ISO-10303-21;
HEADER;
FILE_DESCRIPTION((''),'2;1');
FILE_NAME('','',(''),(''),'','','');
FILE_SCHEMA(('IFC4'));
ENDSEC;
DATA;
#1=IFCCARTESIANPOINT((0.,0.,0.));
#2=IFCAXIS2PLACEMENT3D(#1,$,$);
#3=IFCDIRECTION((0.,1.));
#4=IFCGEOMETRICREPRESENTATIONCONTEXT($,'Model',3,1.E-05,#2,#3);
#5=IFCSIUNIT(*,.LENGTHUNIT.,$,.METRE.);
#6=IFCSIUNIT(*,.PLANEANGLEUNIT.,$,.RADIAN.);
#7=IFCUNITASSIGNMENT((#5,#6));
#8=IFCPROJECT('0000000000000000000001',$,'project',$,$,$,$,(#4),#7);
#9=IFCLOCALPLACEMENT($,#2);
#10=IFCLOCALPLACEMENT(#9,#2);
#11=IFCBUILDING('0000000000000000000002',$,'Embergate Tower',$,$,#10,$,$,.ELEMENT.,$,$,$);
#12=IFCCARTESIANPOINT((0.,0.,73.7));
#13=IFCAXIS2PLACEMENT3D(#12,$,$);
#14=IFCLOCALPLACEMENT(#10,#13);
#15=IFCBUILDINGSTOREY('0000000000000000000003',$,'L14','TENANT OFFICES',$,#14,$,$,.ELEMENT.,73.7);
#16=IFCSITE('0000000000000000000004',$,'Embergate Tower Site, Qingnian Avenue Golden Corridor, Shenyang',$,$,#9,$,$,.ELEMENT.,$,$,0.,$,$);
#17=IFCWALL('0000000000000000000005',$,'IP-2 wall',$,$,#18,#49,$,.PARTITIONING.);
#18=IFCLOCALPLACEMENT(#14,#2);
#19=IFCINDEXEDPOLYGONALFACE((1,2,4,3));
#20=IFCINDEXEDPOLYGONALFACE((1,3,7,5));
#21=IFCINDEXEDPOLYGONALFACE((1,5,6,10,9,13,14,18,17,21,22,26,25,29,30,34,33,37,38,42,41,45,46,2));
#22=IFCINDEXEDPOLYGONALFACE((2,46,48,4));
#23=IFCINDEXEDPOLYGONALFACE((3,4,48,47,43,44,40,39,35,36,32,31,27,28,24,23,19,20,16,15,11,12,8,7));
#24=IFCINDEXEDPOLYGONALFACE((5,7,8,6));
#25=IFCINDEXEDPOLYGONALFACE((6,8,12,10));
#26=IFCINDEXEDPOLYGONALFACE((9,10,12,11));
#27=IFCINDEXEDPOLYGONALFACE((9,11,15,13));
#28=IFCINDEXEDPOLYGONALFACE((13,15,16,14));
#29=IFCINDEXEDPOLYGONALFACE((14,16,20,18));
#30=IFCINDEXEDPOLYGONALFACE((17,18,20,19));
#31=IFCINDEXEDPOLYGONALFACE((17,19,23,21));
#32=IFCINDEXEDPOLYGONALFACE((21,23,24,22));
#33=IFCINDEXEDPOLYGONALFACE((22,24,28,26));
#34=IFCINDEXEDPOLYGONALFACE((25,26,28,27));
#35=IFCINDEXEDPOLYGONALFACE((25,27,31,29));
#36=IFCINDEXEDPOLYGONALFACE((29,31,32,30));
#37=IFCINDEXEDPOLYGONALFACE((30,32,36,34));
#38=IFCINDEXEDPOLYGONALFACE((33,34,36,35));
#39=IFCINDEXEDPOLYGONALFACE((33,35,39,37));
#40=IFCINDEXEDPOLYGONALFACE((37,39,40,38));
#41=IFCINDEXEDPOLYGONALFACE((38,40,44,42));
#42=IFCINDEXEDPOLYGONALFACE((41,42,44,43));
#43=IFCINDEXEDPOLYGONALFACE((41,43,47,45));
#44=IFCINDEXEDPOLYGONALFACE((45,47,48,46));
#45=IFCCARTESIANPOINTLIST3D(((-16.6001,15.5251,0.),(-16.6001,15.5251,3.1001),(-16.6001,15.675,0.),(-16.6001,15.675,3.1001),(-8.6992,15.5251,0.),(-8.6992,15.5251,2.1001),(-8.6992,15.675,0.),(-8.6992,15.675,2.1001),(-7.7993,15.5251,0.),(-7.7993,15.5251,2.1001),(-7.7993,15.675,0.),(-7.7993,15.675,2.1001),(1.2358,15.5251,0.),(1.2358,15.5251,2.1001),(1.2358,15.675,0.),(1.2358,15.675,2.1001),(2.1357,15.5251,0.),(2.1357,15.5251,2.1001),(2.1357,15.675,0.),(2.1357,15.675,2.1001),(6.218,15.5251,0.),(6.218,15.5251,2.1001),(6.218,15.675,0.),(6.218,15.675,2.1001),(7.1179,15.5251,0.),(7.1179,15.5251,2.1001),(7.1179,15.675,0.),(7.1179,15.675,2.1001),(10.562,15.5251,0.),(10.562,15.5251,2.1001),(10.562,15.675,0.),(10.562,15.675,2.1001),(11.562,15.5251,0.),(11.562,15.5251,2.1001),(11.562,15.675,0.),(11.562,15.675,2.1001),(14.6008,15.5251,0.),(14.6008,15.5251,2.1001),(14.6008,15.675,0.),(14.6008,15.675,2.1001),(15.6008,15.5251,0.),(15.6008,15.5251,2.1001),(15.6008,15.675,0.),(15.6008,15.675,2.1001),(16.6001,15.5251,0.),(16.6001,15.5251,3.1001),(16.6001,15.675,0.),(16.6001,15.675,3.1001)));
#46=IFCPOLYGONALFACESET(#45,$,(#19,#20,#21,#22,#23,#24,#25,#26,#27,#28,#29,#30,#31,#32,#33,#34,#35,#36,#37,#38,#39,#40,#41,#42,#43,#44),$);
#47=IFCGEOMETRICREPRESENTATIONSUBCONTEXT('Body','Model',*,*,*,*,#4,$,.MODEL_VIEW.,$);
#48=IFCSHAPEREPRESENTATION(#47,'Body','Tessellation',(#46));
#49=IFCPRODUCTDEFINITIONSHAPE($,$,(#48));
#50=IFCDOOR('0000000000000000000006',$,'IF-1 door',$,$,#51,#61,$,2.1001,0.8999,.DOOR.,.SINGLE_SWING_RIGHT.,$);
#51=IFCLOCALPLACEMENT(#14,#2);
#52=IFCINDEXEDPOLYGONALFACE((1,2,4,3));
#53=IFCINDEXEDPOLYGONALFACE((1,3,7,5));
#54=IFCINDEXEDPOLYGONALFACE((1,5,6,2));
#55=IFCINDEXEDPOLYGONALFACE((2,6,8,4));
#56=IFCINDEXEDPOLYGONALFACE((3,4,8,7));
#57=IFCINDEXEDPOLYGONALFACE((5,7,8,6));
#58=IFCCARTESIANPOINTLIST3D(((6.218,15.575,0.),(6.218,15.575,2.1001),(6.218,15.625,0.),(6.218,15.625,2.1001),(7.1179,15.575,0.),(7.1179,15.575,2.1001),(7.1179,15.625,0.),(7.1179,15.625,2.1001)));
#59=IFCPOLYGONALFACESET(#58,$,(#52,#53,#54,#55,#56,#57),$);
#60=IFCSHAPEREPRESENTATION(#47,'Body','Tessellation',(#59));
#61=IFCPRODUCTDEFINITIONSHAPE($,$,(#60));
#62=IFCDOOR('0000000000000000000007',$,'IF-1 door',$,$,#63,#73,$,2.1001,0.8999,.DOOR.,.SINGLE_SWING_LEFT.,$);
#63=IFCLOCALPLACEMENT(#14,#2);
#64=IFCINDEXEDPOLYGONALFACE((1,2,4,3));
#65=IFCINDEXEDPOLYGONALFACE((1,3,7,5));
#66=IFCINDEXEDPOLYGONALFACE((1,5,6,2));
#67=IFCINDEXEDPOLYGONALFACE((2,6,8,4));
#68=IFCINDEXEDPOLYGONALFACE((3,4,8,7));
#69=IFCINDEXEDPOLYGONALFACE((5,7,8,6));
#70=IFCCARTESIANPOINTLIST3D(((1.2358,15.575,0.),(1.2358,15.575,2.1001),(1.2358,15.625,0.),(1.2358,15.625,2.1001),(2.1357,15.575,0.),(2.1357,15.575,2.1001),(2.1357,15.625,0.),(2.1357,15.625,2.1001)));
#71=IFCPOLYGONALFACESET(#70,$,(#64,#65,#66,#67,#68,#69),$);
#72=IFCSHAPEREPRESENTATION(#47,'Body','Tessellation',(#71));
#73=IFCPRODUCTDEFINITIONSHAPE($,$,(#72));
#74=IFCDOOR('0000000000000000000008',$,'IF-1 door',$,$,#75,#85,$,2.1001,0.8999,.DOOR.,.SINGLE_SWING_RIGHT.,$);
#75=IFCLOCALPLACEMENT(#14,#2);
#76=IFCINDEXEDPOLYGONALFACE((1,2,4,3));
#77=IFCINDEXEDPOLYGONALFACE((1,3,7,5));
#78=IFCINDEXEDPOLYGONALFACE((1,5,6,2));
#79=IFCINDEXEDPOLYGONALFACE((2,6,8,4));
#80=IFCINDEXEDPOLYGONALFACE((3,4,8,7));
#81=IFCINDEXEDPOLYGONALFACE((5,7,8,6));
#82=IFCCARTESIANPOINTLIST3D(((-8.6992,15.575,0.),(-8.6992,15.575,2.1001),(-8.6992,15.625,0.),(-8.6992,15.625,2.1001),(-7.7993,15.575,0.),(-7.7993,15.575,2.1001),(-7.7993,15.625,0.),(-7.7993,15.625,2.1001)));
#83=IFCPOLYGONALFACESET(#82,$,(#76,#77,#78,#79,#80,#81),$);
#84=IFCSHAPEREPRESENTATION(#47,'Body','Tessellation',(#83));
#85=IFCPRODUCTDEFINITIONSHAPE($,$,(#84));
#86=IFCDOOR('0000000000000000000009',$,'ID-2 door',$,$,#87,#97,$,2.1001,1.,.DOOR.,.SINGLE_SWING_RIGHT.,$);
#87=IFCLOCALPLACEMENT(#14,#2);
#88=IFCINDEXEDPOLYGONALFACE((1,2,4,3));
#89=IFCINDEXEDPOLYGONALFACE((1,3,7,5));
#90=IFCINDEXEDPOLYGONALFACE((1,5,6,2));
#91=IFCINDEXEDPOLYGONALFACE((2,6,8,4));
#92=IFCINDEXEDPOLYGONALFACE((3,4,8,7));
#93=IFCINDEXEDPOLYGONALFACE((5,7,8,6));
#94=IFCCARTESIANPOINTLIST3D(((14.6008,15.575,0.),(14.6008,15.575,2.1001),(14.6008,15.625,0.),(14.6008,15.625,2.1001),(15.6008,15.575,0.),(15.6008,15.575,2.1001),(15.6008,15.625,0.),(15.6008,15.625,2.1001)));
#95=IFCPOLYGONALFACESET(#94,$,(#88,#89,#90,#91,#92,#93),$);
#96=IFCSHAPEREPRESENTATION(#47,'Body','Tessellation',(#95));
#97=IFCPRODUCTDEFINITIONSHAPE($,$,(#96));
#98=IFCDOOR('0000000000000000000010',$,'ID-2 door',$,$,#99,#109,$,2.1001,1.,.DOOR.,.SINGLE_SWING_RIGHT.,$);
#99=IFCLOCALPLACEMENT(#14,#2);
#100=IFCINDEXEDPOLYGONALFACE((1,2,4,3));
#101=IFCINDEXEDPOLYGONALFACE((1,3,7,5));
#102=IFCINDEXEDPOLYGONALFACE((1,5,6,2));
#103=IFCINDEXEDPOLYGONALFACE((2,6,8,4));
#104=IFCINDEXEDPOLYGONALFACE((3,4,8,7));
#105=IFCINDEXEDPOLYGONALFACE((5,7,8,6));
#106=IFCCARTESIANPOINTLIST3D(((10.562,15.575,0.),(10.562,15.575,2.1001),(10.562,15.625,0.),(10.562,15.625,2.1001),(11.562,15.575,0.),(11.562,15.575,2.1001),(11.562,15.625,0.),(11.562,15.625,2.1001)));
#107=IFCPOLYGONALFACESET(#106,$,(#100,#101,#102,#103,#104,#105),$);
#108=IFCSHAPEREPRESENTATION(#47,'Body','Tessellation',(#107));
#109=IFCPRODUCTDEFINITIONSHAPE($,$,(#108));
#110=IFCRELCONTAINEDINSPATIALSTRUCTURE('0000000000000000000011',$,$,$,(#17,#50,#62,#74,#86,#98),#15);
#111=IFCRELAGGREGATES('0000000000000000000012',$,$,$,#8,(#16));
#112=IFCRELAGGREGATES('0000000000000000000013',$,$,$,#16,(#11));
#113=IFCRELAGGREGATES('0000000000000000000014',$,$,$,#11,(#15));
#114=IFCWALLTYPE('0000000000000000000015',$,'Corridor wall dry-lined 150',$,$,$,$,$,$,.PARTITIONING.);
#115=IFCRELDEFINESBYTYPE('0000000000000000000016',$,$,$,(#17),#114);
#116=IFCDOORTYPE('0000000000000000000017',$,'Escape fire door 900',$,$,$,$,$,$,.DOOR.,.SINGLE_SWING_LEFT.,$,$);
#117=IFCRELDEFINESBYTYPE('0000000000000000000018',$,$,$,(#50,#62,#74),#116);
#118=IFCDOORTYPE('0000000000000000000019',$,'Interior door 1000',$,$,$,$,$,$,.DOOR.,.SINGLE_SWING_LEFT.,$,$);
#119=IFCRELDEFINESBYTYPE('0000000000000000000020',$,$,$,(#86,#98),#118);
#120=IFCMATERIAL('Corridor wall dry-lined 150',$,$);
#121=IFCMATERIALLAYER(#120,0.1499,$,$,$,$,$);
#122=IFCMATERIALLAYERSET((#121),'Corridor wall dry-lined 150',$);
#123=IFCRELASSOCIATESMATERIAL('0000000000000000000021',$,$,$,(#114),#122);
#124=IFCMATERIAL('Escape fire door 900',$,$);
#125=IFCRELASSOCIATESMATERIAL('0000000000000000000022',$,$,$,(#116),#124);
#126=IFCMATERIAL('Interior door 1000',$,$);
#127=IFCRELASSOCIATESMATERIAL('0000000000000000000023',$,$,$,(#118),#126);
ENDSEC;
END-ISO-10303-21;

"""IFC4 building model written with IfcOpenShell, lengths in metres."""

from ifc_helpers import new_model, si_unit, direction, frame, frame_2d, origin, place, context, subcontext, project, spatial, rectangle, extrude, source, transform, mapped, material, layer, layer_set, type_object, element, fill, save


model = new_model("IFC4")

# Units and contexts
model_context = context("Model", 3, precision=1e-05, world=origin(), true_north=direction((0.0, 1.0)))
body_context = subcontext(model_context, "Body", "Model", "MODEL_VIEW")
ifc_project = project(units=[si_unit("LENGTHUNIT", "METRE"), si_unit("PLANEANGLEUNIT", "RADIAN")], contexts=[model_context])

# Site, building, storey
site_placement = place(None, origin())
site = spatial("IfcSite", under=ifc_project, at=site_placement, Name="Embergate Tower Site, Qingnian Avenue Golden Corridor, Shenyang", CompositionType="ELEMENT", RefElevation=0.0)
building_placement = place(site_placement, origin())
building = spatial("IfcBuilding", under=site, at=building_placement, Name="Embergate Tower", CompositionType="ELEMENT")
storey_placement = place(building_placement, frame((0.0, 0.0, 73.7)))
storey = spatial("IfcBuildingStorey", under=building, at=storey_placement, Name="L14", Description="TENANT OFFICES", CompositionType="ELEMENT", Elevation=73.7)

# Wall, openings, doors
ifc_material_1 = material(Name="Corridor wall dry-lined 150")
ifc_layer_1 = layer(ifc_material_1, 0.1499)
ifc_layer_set_1 = layer_set([ifc_layer_1], Name="Corridor wall dry-lined 150")
wall_type_1 = type_object("IfcWallType", Name="Corridor wall dry-lined 150", PredefinedType="PARTITIONING", material=ifc_layer_set_1)
shared_shape_1 = source(origin(), body_context, "Body", "SweptSolid", [
    extrude(rectangle(XDim=33.2002, YDim=0.1499, at=frame_2d((16.6001, 0.0))), origin(), (0.0, 0.0, 1.0), 3.1001),
])
wall_1_placement = place(storey_placement, frame((-16.6001, 15.6001, 0.0), z_axis=(0.0, 0.0, 1.0), x_axis=(1.0, 0.0, 0.0)))
wall_1 = element("IfcWall", 1, at=wall_1_placement, inside=storey, type_object=wall_type_1, Name="IP-2 wall", PredefinedType="PARTITIONING", context=body_context, shape_type="MappedRepresentation", body=[
    mapped(shared_shape_1, transform((0.0, 0.0, 0.0))),
])
shared_shape_2 = source(origin(), body_context, "Body", "SweptSolid", [
    extrude(rectangle(XDim=1.0, YDim=2.1001, at=frame_2d((0.5, 1.05))), frame((0.0, 0.085, 0.0), z_axis=(0.0, -1.0, 0.0), x_axis=(1.0, 0.0, 0.0)), (0.0, 0.0, 1.0), 0.1699),
])
opening_1_placement = place(wall_1_placement, frame((31.2009, 0.0, 0.0)))
opening_1 = element("IfcOpeningElement", 2, at=opening_1_placement, cuts=wall_1, PredefinedType="OPENING", context=body_context, shape_type="MappedRepresentation", body=[
    mapped(shared_shape_2, transform((0.0, 0.0, 0.0))),
])
opening_2_placement = place(wall_1_placement, frame((27.1621, 0.0, 0.0)))
opening_2 = element("IfcOpeningElement", 3, at=opening_2_placement, cuts=wall_1, PredefinedType="OPENING", context=body_context, shape_type="MappedRepresentation", body=[
    mapped(shared_shape_2, transform((0.0, 0.0, 0.0))),
])
shared_shape_3 = source(origin(), body_context, "Body", "SweptSolid", [
    extrude(rectangle(XDim=0.8999, YDim=2.1001, at=frame_2d((0.45, 1.05))), frame((0.0, 0.085, 0.0), z_axis=(0.0, -1.0, 0.0), x_axis=(1.0, 0.0, 0.0)), (0.0, 0.0, 1.0), 0.1699),
])
opening_3_placement = place(wall_1_placement, frame((22.8181, 0.0, 0.0)))
opening_3 = element("IfcOpeningElement", 4, at=opening_3_placement, cuts=wall_1, PredefinedType="OPENING", context=body_context, shape_type="MappedRepresentation", body=[
    mapped(shared_shape_3, transform((0.0, 0.0, 0.0))),
])
opening_4_placement = place(wall_1_placement, frame((17.8359, 0.0, 0.0)))
opening_4 = element("IfcOpeningElement", 5, at=opening_4_placement, cuts=wall_1, PredefinedType="OPENING", context=body_context, shape_type="MappedRepresentation", body=[
    mapped(shared_shape_3, transform((0.0, 0.0, 0.0))),
])
opening_5_placement = place(wall_1_placement, frame((7.9009, 0.0, 0.0)))
opening_5 = element("IfcOpeningElement", 6, at=opening_5_placement, cuts=wall_1, PredefinedType="OPENING", context=body_context, shape_type="MappedRepresentation", body=[
    mapped(shared_shape_3, transform((0.0, 0.0, 0.0))),
])
ifc_material_2 = material(Name="Escape fire door 900")
door_type_1 = type_object("IfcDoorType", Name="Escape fire door 900", OperationType="SINGLE_SWING_LEFT", PredefinedType="DOOR", material=ifc_material_2)
shared_shape_4 = source(origin(), body_context, "Body", "SweptSolid", [
    extrude(rectangle(XDim=0.8999, YDim=2.1001, at=frame_2d((0.45, 1.05))), frame((0.0, 0.0249, 0.0), z_axis=(0.0, -1.0, 0.0), x_axis=(1.0, 0.0, 0.0)), (0.0, 0.0, 1.0), 0.05),
])
door_1_placement = place(opening_3_placement, origin())
door_1 = element("IfcDoor", 7, at=door_1_placement, inside=storey, type_object=door_type_1, Name="IF-1 door", OperationType="SINGLE_SWING_RIGHT", OverallHeight=2.1001, OverallWidth=0.8999, PredefinedType="DOOR", context=body_context, shape_type="MappedRepresentation", body=[
    mapped(shared_shape_4, transform((0.0, 0.0, 0.0))),
])
fill(opening_3, door_1)
door_2_placement = place(opening_4_placement, origin())
door_2 = element("IfcDoor", 8, at=door_2_placement, inside=storey, type_object=door_type_1, Name="IF-1 door", OperationType="SINGLE_SWING_LEFT", OverallHeight=2.1001, OverallWidth=0.8999, PredefinedType="DOOR", context=body_context, shape_type="MappedRepresentation", body=[
    mapped(shared_shape_4, transform((0.0, 0.0, 0.0))),
])
fill(opening_4, door_2)
door_3_placement = place(opening_5_placement, origin())
door_3 = element("IfcDoor", 9, at=door_3_placement, inside=storey, type_object=door_type_1, Name="IF-1 door", OperationType="SINGLE_SWING_RIGHT", OverallHeight=2.1001, OverallWidth=0.8999, PredefinedType="DOOR", context=body_context, shape_type="MappedRepresentation", body=[
    mapped(shared_shape_4, transform((0.0, 0.0, 0.0))),
])
fill(opening_5, door_3)
ifc_material_3 = material(Name="Interior door 1000")
door_type_2 = type_object("IfcDoorType", Name="Interior door 1000", OperationType="SINGLE_SWING_LEFT", PredefinedType="DOOR", material=ifc_material_3)
shared_shape_5 = source(origin(), body_context, "Body", "SweptSolid", [
    extrude(rectangle(XDim=1.0, YDim=2.1001, at=frame_2d((0.5, 1.05))), frame((0.0, 0.0249, 0.0), z_axis=(0.0, -1.0, 0.0), x_axis=(1.0, 0.0, 0.0)), (0.0, 0.0, 1.0), 0.05),
])
door_4_placement = place(opening_1_placement, origin())
door_4 = element("IfcDoor", 10, at=door_4_placement, inside=storey, type_object=door_type_2, Name="ID-2 door", OperationType="SINGLE_SWING_RIGHT", OverallHeight=2.1001, OverallWidth=1.0, PredefinedType="DOOR", context=body_context, shape_type="MappedRepresentation", body=[
    mapped(shared_shape_5, transform((0.0, 0.0, 0.0))),
])
fill(opening_1, door_4)
door_5_placement = place(opening_2_placement, origin())
door_5 = element("IfcDoor", 11, at=door_5_placement, inside=storey, type_object=door_type_2, Name="ID-2 door", OperationType="SINGLE_SWING_RIGHT", OverallHeight=2.1001, OverallWidth=1.0, PredefinedType="DOOR", context=body_context, shape_type="MappedRepresentation", body=[
    mapped(shared_shape_5, transform((0.0, 0.0, 0.0))),
])
fill(opening_2, door_5)

save(model, "model.ifc")
